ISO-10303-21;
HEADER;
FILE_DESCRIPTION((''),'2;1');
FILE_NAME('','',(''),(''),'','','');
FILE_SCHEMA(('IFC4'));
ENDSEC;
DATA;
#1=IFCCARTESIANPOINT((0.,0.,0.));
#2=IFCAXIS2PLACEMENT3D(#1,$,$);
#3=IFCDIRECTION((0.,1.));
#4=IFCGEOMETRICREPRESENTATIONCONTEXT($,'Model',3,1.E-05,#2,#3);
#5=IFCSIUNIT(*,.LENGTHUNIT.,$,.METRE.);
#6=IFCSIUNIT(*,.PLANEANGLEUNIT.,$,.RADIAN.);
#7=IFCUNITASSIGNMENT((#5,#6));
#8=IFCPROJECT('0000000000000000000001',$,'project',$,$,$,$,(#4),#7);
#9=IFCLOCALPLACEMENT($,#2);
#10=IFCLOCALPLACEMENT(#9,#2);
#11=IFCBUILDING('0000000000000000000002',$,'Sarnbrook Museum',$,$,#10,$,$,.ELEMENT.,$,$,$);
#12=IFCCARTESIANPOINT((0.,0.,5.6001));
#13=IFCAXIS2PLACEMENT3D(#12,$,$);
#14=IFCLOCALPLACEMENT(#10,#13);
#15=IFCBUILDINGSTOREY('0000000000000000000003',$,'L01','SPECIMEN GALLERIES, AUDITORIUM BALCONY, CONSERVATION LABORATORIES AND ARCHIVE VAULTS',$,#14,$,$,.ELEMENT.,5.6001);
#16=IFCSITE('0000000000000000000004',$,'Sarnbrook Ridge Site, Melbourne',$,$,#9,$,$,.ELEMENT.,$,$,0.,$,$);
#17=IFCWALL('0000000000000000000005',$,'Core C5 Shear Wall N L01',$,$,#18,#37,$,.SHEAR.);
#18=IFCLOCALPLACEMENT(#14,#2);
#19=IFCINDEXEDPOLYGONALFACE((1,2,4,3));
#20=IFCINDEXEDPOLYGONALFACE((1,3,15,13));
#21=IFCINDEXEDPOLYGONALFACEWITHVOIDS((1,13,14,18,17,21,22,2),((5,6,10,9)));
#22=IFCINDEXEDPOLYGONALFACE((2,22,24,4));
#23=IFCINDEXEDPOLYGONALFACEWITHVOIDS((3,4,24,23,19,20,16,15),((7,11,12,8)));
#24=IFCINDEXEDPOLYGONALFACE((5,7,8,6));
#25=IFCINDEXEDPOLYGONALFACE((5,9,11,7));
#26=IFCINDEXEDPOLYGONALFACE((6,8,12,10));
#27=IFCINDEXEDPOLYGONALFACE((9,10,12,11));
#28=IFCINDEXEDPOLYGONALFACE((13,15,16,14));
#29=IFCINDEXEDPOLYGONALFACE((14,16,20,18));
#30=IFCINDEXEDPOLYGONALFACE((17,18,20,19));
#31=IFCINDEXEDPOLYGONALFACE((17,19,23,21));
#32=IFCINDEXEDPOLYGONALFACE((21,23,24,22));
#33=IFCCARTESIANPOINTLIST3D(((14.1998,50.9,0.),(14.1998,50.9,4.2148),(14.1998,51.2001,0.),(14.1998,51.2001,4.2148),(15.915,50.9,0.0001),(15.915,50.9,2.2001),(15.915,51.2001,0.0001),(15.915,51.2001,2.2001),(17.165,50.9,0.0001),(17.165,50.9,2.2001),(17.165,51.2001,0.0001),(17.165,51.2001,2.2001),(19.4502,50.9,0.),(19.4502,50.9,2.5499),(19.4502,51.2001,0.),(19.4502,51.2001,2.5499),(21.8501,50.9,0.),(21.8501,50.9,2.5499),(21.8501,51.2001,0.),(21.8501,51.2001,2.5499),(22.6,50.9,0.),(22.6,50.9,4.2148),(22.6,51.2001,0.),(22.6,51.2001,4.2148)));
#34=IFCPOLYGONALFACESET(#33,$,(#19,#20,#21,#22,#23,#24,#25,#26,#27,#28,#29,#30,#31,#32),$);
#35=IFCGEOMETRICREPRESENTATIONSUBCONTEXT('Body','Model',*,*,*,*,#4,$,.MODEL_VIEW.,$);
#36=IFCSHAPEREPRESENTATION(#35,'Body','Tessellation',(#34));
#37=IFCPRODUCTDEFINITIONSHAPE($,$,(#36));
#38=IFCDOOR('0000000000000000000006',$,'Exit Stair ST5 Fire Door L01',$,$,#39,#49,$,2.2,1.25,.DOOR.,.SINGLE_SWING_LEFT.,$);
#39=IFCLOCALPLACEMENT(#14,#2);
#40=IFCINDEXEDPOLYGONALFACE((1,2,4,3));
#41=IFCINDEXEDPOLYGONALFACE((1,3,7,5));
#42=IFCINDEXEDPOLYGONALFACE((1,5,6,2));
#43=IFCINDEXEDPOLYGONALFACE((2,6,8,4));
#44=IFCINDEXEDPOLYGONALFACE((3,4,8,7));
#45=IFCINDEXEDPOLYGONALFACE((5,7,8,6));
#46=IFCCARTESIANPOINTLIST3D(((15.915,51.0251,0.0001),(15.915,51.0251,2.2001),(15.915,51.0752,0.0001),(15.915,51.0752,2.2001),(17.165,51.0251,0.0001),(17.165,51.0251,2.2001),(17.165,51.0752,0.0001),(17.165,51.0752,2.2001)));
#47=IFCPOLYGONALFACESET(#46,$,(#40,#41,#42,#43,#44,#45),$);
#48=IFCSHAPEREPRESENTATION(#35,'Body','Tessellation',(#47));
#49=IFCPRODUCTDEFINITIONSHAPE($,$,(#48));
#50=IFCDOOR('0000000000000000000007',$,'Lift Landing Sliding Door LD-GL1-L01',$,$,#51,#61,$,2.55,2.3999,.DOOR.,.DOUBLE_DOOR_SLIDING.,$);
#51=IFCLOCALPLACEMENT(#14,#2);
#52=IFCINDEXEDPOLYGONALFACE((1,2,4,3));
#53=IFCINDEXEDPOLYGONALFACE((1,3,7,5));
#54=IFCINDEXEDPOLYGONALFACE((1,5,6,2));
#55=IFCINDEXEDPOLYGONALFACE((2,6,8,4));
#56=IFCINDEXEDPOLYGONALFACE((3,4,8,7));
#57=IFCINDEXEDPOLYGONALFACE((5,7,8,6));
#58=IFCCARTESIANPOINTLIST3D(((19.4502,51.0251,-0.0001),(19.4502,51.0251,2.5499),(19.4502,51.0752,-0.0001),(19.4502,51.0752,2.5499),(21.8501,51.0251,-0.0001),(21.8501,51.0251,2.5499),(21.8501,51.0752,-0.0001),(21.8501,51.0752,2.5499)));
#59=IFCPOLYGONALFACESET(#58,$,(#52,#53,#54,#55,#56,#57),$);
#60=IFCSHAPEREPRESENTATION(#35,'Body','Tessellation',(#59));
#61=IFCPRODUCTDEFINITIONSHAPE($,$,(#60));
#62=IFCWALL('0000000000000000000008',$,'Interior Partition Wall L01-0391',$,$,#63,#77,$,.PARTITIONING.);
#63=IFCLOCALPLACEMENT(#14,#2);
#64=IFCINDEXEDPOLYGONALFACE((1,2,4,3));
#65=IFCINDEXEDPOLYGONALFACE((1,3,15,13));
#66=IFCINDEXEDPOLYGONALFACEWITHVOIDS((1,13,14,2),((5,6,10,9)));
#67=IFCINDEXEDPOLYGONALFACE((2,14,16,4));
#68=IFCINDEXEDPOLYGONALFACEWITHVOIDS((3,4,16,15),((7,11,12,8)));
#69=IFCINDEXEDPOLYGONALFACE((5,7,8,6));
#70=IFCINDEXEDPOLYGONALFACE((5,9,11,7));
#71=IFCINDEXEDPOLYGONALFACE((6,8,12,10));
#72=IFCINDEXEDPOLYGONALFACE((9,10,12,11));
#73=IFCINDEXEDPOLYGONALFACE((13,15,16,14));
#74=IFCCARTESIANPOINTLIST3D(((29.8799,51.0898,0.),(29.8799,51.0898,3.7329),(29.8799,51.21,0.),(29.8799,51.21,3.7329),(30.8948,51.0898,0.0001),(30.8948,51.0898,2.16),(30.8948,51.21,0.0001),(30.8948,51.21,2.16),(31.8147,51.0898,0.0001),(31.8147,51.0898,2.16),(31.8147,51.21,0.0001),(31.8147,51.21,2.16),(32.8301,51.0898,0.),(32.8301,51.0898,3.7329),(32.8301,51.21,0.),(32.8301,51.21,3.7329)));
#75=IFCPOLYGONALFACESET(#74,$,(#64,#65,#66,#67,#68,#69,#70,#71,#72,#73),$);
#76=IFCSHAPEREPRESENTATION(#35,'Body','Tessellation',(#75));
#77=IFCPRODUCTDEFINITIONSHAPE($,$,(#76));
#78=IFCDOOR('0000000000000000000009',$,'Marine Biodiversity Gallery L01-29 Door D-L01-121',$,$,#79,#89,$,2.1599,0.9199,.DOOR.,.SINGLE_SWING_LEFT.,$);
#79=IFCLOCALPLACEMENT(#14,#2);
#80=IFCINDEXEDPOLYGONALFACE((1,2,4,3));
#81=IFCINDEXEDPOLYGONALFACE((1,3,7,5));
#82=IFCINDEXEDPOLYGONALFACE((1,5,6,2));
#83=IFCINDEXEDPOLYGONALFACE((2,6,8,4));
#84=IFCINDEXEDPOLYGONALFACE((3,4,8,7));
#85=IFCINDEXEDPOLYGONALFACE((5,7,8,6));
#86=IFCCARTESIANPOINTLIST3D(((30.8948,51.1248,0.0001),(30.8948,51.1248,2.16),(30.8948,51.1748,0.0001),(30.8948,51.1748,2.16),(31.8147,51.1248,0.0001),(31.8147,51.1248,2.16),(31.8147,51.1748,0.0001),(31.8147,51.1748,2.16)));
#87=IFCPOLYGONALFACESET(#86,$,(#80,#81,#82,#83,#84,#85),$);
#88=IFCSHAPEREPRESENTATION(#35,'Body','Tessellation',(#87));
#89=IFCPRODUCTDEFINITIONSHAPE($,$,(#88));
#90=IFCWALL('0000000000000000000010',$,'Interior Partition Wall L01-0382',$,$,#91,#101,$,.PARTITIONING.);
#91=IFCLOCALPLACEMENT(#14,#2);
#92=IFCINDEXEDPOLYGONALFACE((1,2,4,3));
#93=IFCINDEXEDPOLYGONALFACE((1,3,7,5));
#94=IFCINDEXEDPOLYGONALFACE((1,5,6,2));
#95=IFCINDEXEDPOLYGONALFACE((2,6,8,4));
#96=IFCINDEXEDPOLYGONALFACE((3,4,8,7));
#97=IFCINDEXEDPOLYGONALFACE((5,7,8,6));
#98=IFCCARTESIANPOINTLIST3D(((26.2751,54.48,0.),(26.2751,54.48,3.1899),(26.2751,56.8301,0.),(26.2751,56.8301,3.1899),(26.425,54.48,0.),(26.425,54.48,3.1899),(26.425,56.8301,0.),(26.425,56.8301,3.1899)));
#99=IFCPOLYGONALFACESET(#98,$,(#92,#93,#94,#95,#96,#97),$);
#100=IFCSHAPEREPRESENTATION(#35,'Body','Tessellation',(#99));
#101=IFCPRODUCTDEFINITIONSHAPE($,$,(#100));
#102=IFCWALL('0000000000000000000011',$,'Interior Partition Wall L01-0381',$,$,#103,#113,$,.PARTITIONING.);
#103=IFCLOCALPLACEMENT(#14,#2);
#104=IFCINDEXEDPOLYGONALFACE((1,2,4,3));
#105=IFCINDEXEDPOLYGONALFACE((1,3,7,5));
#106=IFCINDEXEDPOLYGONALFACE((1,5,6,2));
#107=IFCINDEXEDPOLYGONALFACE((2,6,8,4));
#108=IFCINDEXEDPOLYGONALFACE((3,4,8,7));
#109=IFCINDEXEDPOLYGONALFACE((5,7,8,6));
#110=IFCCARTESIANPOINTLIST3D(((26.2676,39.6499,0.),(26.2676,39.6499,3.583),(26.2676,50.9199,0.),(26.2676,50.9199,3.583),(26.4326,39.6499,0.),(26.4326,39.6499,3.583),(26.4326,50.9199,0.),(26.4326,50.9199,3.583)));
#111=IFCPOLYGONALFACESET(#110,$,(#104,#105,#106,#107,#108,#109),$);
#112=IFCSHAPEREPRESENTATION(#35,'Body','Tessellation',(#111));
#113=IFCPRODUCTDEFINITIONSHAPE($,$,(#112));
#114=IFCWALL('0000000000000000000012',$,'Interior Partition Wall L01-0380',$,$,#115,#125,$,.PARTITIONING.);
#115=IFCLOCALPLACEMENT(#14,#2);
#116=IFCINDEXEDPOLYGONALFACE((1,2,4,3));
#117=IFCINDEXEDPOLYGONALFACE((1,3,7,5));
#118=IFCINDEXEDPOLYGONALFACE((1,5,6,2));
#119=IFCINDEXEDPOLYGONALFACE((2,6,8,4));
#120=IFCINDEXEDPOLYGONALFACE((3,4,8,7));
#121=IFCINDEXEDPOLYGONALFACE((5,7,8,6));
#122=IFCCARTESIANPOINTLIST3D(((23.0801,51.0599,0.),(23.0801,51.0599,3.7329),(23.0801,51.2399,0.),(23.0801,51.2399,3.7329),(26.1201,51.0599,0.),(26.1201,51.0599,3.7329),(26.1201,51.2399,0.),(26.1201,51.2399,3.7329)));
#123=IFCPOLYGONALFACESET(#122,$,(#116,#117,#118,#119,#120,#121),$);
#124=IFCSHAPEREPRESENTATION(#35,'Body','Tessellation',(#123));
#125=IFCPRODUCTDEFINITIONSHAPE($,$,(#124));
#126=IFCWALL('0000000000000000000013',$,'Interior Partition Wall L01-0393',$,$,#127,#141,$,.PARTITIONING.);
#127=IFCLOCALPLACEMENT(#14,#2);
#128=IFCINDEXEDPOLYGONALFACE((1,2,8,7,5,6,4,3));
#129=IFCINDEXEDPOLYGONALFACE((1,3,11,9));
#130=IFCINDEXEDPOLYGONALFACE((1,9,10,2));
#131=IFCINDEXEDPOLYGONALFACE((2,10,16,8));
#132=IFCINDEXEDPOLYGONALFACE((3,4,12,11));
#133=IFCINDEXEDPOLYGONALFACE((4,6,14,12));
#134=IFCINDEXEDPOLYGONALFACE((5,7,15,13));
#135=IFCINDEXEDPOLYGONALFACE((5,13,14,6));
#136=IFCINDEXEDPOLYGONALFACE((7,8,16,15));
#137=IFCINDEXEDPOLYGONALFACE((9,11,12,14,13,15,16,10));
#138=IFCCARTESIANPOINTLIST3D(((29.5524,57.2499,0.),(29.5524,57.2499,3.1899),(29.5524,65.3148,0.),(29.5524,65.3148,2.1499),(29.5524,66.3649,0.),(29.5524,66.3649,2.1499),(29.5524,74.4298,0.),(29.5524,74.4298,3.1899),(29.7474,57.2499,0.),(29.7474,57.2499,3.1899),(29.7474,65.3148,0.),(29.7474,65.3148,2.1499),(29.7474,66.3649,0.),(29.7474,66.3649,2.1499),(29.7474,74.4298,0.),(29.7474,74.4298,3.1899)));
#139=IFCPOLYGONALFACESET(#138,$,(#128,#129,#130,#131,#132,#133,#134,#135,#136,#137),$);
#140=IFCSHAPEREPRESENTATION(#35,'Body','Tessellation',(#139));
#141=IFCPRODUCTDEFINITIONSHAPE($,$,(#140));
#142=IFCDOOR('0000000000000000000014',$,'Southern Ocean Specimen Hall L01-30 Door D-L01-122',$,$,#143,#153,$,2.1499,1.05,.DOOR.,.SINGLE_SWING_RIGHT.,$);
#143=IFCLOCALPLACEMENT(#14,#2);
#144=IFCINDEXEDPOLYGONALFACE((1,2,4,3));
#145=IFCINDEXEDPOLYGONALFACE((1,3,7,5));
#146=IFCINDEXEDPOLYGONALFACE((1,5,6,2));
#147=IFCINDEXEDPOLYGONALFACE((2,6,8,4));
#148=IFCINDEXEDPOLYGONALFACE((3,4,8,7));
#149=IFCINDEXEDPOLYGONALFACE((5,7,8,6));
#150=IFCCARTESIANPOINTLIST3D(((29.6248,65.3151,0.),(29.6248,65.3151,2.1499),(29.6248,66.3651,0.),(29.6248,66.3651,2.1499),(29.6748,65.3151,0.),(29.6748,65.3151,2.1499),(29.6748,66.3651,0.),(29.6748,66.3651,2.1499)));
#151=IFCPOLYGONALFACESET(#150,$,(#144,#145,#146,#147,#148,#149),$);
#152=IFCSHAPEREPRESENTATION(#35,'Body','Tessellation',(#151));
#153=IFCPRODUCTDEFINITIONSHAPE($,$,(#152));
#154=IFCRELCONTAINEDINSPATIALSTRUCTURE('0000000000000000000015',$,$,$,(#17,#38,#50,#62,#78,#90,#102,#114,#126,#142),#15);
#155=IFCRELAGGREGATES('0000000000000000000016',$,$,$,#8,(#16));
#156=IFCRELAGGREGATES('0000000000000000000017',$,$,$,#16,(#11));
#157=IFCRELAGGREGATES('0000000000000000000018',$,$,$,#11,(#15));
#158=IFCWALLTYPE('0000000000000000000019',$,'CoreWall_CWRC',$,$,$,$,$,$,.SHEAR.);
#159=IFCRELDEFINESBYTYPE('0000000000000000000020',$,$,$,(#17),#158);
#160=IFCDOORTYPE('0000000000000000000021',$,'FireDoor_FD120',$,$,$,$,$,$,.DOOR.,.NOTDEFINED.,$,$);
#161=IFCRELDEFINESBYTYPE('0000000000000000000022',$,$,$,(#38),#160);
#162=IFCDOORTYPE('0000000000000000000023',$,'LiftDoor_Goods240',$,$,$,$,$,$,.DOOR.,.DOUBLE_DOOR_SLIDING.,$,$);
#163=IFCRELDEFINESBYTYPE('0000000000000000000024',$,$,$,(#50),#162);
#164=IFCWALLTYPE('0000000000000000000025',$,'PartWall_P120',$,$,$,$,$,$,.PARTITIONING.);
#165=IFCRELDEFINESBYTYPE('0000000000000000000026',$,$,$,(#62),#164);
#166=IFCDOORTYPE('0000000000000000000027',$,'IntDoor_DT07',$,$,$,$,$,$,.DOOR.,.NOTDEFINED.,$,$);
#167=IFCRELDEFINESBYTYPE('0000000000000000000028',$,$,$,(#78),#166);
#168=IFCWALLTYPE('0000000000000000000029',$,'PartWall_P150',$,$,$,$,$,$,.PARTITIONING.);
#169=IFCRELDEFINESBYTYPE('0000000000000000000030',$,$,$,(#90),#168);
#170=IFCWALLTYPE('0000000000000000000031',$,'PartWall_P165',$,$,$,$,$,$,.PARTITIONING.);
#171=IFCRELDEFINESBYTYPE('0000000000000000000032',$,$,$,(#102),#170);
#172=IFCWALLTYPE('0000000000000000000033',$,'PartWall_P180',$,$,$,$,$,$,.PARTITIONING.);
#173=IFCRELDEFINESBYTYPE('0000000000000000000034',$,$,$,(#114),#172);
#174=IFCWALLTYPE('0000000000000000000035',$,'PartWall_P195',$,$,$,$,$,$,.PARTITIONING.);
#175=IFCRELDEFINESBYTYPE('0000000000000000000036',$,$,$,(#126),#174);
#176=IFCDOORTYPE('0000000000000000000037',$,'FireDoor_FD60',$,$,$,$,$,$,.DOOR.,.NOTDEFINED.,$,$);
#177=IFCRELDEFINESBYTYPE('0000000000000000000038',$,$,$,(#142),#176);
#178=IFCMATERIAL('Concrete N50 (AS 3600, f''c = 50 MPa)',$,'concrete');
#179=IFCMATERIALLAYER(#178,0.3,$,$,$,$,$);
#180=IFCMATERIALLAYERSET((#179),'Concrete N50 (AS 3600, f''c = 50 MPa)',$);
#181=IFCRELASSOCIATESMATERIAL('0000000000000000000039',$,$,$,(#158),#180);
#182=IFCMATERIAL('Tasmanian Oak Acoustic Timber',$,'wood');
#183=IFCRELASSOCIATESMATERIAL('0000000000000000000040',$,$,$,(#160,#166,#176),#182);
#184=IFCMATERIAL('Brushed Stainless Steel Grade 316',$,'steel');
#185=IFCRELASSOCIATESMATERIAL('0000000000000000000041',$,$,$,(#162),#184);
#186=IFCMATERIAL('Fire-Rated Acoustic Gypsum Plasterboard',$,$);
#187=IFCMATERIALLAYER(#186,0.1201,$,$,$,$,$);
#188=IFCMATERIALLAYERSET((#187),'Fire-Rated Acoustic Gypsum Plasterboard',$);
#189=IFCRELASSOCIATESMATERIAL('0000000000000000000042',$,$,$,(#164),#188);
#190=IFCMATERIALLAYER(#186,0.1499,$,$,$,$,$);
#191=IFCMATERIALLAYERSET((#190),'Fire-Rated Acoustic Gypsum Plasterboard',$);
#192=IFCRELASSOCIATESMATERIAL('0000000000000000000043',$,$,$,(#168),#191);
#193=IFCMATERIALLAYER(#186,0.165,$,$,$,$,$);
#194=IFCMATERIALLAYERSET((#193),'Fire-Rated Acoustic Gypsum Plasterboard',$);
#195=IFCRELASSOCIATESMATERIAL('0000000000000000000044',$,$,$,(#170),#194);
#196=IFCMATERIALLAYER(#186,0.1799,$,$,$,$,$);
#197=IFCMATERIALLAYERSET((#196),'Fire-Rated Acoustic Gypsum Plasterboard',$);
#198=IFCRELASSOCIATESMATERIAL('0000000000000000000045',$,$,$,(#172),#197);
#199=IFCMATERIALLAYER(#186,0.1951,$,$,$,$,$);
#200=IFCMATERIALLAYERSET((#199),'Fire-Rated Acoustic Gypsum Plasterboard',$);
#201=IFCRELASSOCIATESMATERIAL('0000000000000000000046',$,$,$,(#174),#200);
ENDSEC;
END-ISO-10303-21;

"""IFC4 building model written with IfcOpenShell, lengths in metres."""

from ifc_helpers import new_model, si_unit, direction, frame, frame_2d, origin, place, context, subcontext, project, spatial, rectangle, extrude, material, layer, layer_set, type_object, element, fill, save


model = new_model("IFC4")

# Units and contexts
model_context = context("Model", 3, precision=1e-05, world=origin(), true_north=direction((0.0, 1.0)))
body_context = subcontext(model_context, "Body", "Model", "MODEL_VIEW")
ifc_project = project(units=[si_unit("LENGTHUNIT", "METRE"), si_unit("PLANEANGLEUNIT", "RADIAN")], contexts=[model_context])

# Site, building, storey
site_placement = place(None, origin())
site = spatial("IfcSite", under=ifc_project, at=site_placement, Name="Sarnbrook Ridge Site, Melbourne", CompositionType="ELEMENT", RefElevation=0.0)
building_placement = place(site_placement, origin())
building = spatial("IfcBuilding", under=site, at=building_placement, Name="Sarnbrook Museum", CompositionType="ELEMENT")
storey_placement = place(building_placement, frame((0.0, 0.0, 5.6001)))
storey = spatial("IfcBuildingStorey", under=building, at=storey_placement, Name="L01", Description="SPECIMEN GALLERIES, AUDITORIUM BALCONY, CONSERVATION LABORATORIES AND ARCHIVE VAULTS", CompositionType="ELEMENT", Elevation=5.6001)

# Wall, openings, doors
ifc_material_1 = material(Name="Concrete N50 (AS 3600, f'c = 50 MPa)", Category="concrete")
ifc_layer_1 = layer(ifc_material_1, 0.3)
ifc_layer_set_1 = layer_set([ifc_layer_1], Name="Concrete N50 (AS 3600, f'c = 50 MPa)")
wall_type_1 = type_object("IfcWallType", Name="CoreWall_CWRC", PredefinedType="SHEAR", material=ifc_layer_set_1)
wall_1_placement = place(storey_placement, frame((22.6001, 51.05, 0.0), z_axis=(0.0, 0.0, 1.0), x_axis=(-1.0, 0.0, 0.0)))
wall_1 = element("IfcWall", 1, at=wall_1_placement, inside=storey, type_object=wall_type_1, Name="Core C5 Shear Wall N L01", PredefinedType="SHEAR", context=body_context, shape_type="SweptSolid", body=[
    extrude(rectangle(XDim=8.4001, YDim=0.3, at=frame_2d((4.2002, 0.0))), origin(), (0.0, 0.0, 1.0), 4.2148),
])
opening_1_placement = place(wall_1_placement, frame((5.4351, 0.0, 0.0)))
opening_1 = element("IfcOpeningElement", 2, at=opening_1_placement, cuts=wall_1, PredefinedType="OPENING", context=body_context, shape_type="SweptSolid", body=[
    extrude(rectangle(XDim=1.25, YDim=2.2, at=frame_2d((0.625, 1.1001))), frame((0.0, 0.1602, 0.0), z_axis=(0.0, -1.0, 0.0), x_axis=(1.0, 0.0, 0.0)), (0.0, 0.0, 1.0), 0.3201),
])
opening_2_placement = place(wall_1_placement, frame((0.75, 0.0, 0.0)))
opening_2 = element("IfcOpeningElement", 3, at=opening_2_placement, cuts=wall_1, PredefinedType="OPENING", context=body_context, shape_type="SweptSolid", body=[
    extrude(rectangle(XDim=2.3999, YDim=2.55, at=frame_2d((1.2, 1.2749))), frame((0.0, 0.1602, 0.0), z_axis=(0.0, -1.0, 0.0), x_axis=(1.0, 0.0, 0.0)), (0.0, 0.0, 1.0), 0.3201),
])
ifc_material_2 = material(Name="Tasmanian Oak Acoustic Timber", Category="wood")
door_type_1 = type_object("IfcDoorType", Name="FireDoor_FD120", OperationType="NOTDEFINED", PredefinedType="DOOR", material=ifc_material_2)
door_1_placement = place(opening_1_placement, origin())
door_1 = element("IfcDoor", 4, at=door_1_placement, inside=storey, type_object=door_type_1, Name="Exit Stair ST5 Fire Door L01", OperationType="SINGLE_SWING_LEFT", OverallHeight=2.2, OverallWidth=1.25, PredefinedType="DOOR", context=body_context, shape_type="SweptSolid", body=[
    extrude(rectangle(XDim=1.25, YDim=2.2, at=frame_2d((0.625, 1.1001))), frame((0.0, 0.0249, 0.0), z_axis=(0.0, -1.0, 0.0), x_axis=(1.0, 0.0, 0.0)), (0.0, 0.0, 1.0), 0.05),
])
fill(opening_1, door_1)
ifc_material_3 = material(Name="Brushed Stainless Steel Grade 316", Category="steel")
door_type_2 = type_object("IfcDoorType", Name="LiftDoor_Goods240", OperationType="DOUBLE_DOOR_SLIDING", PredefinedType="DOOR", material=ifc_material_3)
door_2_placement = place(opening_2_placement, origin())
door_2 = element("IfcDoor", 5, at=door_2_placement, inside=storey, type_object=door_type_2, Name="Lift Landing Sliding Door LD-GL1-L01", OperationType="DOUBLE_DOOR_SLIDING", OverallHeight=2.55, OverallWidth=2.3999, PredefinedType="DOOR", context=body_context, shape_type="SweptSolid", body=[
    extrude(rectangle(XDim=2.3999, YDim=2.55, at=frame_2d((1.2, 1.2749))), frame((0.0, 0.0249, 0.0), z_axis=(0.0, -1.0, 0.0), x_axis=(1.0, 0.0, 0.0)), (0.0, 0.0, 1.0), 0.05),
])
fill(opening_2, door_2)

# Wall, opening, door
ifc_material_4 = material(Name="Fire-Rated Acoustic Gypsum Plasterboard")
ifc_layer_2 = layer(ifc_material_4, 0.1201)
ifc_layer_set_2 = layer_set([ifc_layer_2], Name="Fire-Rated Acoustic Gypsum Plasterboard")
wall_type_2 = type_object("IfcWallType", Name="PartWall_P120", PredefinedType="PARTITIONING", material=ifc_layer_set_2)
wall_2_placement = place(storey_placement, frame((29.8799, 51.1499, 0.0), z_axis=(0.0, 0.0, 1.0), x_axis=(1.0, 0.0, 0.0)))
wall_2 = element("IfcWall", 6, at=wall_2_placement, inside=storey, type_object=wall_type_2, Name="Interior Partition Wall L01-0391", PredefinedType="PARTITIONING", context=body_context, shape_type="SweptSolid", body=[
    extrude(rectangle(XDim=2.9502, YDim=0.1201, at=frame_2d((1.4751, 0.0))), origin(), (0.0, 0.0, 1.0), 3.7329),
])
opening_3_placement = place(wall_2_placement, frame((1.0149, 0.0, 0.0)))
opening_3 = element("IfcOpeningElement", 7, at=opening_3_placement, cuts=wall_2, PredefinedType="OPENING", context=body_context, shape_type="SweptSolid", body=[
    extrude(rectangle(XDim=0.9199, YDim=2.1599, at=frame_2d((0.46, 1.0801))), frame((0.0, 0.0701, 0.0), z_axis=(0.0, -1.0, 0.0), x_axis=(1.0, 0.0, 0.0)), (0.0, 0.0, 1.0), 0.1401),
])
door_type_3 = type_object("IfcDoorType", Name="IntDoor_DT07", OperationType="NOTDEFINED", PredefinedType="DOOR", material=ifc_material_2)
door_3_placement = place(opening_3_placement, origin())
door_3 = element("IfcDoor", 8, at=door_3_placement, inside=storey, type_object=door_type_3, Name="Marine Biodiversity Gallery L01-29 Door D-L01-121", OperationType="SINGLE_SWING_LEFT", OverallHeight=2.1599, OverallWidth=0.9199, PredefinedType="DOOR", context=body_context, shape_type="SweptSolid", body=[
    extrude(rectangle(XDim=0.9199, YDim=2.1599, at=frame_2d((0.46, 1.0801))), frame((0.0, 0.0249, 0.0), z_axis=(0.0, -1.0, 0.0), x_axis=(1.0, 0.0, 0.0)), (0.0, 0.0, 1.0), 0.05),
])
fill(opening_3, door_3)

# Walls
ifc_layer_3 = layer(ifc_material_4, 0.1499)
ifc_layer_set_3 = layer_set([ifc_layer_3], Name="Fire-Rated Acoustic Gypsum Plasterboard")
wall_type_3 = type_object("IfcWallType", Name="PartWall_P150", PredefinedType="PARTITIONING", material=ifc_layer_set_3)
wall_3_placement = place(storey_placement, frame((26.3501, 56.8301, 0.0), z_axis=(0.0, 0.0, 1.0), x_axis=(0.0, -1.0, 0.0)))
element("IfcWall", 9, at=wall_3_placement, inside=storey, type_object=wall_type_3, Name="Interior Partition Wall L01-0382", PredefinedType="PARTITIONING", context=body_context, shape_type="SweptSolid", body=[
    extrude(rectangle(XDim=2.3501, YDim=0.1499, at=frame_2d((1.175, 0.0))), origin(), (0.0, 0.0, 1.0), 3.1899),
])
ifc_layer_4 = layer(ifc_material_4, 0.165)
ifc_layer_set_4 = layer_set([ifc_layer_4], Name="Fire-Rated Acoustic Gypsum Plasterboard")
wall_type_4 = type_object("IfcWallType", Name="PartWall_P165", PredefinedType="PARTITIONING", material=ifc_layer_set_4)
wall_4_placement = place(storey_placement, frame((26.3501, 50.9199, 0.0), z_axis=(0.0, 0.0, 1.0), x_axis=(0.0, -1.0, 0.0)))
element("IfcWall", 10, at=wall_4_placement, inside=storey, type_object=wall_type_4, Name="Interior Partition Wall L01-0381", PredefinedType="PARTITIONING", context=body_context, shape_type="SweptSolid", body=[
    extrude(rectangle(XDim=11.27, YDim=0.165, at=frame_2d((5.635, 0.0))), origin(), (0.0, 0.0, 1.0), 3.583),
])
ifc_layer_5 = layer(ifc_material_4, 0.1799)
ifc_layer_set_5 = layer_set([ifc_layer_5], Name="Fire-Rated Acoustic Gypsum Plasterboard")
wall_type_5 = type_object("IfcWallType", Name="PartWall_P180", PredefinedType="PARTITIONING", material=ifc_layer_set_5)
wall_5_placement = place(storey_placement, frame((23.0801, 51.1499, 0.0), z_axis=(0.0, 0.0, 1.0), x_axis=(1.0, 0.0, 0.0)))
element("IfcWall", 11, at=wall_5_placement, inside=storey, type_object=wall_type_5, Name="Interior Partition Wall L01-0380", PredefinedType="PARTITIONING", context=body_context, shape_type="SweptSolid", body=[
    extrude(rectangle(XDim=3.04, YDim=0.1799, at=frame_2d((1.52, 0.0))), origin(), (0.0, 0.0, 1.0), 3.7329),
])

# Wall, opening, door
ifc_layer_6 = layer(ifc_material_4, 0.1951)
ifc_layer_set_6 = layer_set([ifc_layer_6], Name="Fire-Rated Acoustic Gypsum Plasterboard")
wall_type_6 = type_object("IfcWallType", Name="PartWall_P195", PredefinedType="PARTITIONING", material=ifc_layer_set_6)
wall_6_placement = place(storey_placement, frame((29.6499, 57.25, 0.0), z_axis=(0.0, 0.0, 1.0), x_axis=(0.0, 1.0, 0.0)))
wall_6 = element("IfcWall", 12, at=wall_6_placement, inside=storey, type_object=wall_type_6, Name="Interior Partition Wall L01-0393", PredefinedType="PARTITIONING", context=body_context, shape_type="SweptSolid", body=[
    extrude(rectangle(XDim=17.1799, YDim=0.1951, at=frame_2d((8.5898, 0.0))), origin(), (0.0, 0.0, 1.0), 3.1899),
])
opening_4_placement = place(wall_6_placement, frame((8.0649, 0.0, 0.0)))
opening_4 = element("IfcOpeningElement", 13, at=opening_4_placement, cuts=wall_6, PredefinedType="OPENING", context=body_context, shape_type="SweptSolid", body=[
    extrude(rectangle(XDim=1.05, YDim=2.1499, at=frame_2d((0.5249, 1.075))), frame((0.0, 0.1074, 0.0), z_axis=(0.0, -1.0, 0.0), x_axis=(1.0, 0.0, 0.0)), (0.0, 0.0, 1.0), 0.2151),
])
door_type_4 = type_object("IfcDoorType", Name="FireDoor_FD60", OperationType="NOTDEFINED", PredefinedType="DOOR", material=ifc_material_2)
door_4_placement = place(opening_4_placement, frame((1.05, 0.0, 0.0), z_axis=(0.0, 0.0, 1.0), x_axis=(-1.0, 0.0, 0.0)))
door_4 = element("IfcDoor", 14, at=door_4_placement, inside=storey, type_object=door_type_4, Name="Southern Ocean Specimen Hall L01-30 Door D-L01-122", OperationType="SINGLE_SWING_RIGHT", OverallHeight=2.1499, OverallWidth=1.05, PredefinedType="DOOR", context=body_context, shape_type="SweptSolid", body=[
    extrude(rectangle(XDim=1.05, YDim=2.1499, at=frame_2d((0.5249, 1.075))), frame((0.0, 0.0249, 0.0), z_axis=(0.0, -1.0, 0.0), x_axis=(1.0, 0.0, 0.0)), (0.0, 0.0, 1.0), 0.05),
])
fill(opening_4, door_4)

save(model, "model.ifc")
